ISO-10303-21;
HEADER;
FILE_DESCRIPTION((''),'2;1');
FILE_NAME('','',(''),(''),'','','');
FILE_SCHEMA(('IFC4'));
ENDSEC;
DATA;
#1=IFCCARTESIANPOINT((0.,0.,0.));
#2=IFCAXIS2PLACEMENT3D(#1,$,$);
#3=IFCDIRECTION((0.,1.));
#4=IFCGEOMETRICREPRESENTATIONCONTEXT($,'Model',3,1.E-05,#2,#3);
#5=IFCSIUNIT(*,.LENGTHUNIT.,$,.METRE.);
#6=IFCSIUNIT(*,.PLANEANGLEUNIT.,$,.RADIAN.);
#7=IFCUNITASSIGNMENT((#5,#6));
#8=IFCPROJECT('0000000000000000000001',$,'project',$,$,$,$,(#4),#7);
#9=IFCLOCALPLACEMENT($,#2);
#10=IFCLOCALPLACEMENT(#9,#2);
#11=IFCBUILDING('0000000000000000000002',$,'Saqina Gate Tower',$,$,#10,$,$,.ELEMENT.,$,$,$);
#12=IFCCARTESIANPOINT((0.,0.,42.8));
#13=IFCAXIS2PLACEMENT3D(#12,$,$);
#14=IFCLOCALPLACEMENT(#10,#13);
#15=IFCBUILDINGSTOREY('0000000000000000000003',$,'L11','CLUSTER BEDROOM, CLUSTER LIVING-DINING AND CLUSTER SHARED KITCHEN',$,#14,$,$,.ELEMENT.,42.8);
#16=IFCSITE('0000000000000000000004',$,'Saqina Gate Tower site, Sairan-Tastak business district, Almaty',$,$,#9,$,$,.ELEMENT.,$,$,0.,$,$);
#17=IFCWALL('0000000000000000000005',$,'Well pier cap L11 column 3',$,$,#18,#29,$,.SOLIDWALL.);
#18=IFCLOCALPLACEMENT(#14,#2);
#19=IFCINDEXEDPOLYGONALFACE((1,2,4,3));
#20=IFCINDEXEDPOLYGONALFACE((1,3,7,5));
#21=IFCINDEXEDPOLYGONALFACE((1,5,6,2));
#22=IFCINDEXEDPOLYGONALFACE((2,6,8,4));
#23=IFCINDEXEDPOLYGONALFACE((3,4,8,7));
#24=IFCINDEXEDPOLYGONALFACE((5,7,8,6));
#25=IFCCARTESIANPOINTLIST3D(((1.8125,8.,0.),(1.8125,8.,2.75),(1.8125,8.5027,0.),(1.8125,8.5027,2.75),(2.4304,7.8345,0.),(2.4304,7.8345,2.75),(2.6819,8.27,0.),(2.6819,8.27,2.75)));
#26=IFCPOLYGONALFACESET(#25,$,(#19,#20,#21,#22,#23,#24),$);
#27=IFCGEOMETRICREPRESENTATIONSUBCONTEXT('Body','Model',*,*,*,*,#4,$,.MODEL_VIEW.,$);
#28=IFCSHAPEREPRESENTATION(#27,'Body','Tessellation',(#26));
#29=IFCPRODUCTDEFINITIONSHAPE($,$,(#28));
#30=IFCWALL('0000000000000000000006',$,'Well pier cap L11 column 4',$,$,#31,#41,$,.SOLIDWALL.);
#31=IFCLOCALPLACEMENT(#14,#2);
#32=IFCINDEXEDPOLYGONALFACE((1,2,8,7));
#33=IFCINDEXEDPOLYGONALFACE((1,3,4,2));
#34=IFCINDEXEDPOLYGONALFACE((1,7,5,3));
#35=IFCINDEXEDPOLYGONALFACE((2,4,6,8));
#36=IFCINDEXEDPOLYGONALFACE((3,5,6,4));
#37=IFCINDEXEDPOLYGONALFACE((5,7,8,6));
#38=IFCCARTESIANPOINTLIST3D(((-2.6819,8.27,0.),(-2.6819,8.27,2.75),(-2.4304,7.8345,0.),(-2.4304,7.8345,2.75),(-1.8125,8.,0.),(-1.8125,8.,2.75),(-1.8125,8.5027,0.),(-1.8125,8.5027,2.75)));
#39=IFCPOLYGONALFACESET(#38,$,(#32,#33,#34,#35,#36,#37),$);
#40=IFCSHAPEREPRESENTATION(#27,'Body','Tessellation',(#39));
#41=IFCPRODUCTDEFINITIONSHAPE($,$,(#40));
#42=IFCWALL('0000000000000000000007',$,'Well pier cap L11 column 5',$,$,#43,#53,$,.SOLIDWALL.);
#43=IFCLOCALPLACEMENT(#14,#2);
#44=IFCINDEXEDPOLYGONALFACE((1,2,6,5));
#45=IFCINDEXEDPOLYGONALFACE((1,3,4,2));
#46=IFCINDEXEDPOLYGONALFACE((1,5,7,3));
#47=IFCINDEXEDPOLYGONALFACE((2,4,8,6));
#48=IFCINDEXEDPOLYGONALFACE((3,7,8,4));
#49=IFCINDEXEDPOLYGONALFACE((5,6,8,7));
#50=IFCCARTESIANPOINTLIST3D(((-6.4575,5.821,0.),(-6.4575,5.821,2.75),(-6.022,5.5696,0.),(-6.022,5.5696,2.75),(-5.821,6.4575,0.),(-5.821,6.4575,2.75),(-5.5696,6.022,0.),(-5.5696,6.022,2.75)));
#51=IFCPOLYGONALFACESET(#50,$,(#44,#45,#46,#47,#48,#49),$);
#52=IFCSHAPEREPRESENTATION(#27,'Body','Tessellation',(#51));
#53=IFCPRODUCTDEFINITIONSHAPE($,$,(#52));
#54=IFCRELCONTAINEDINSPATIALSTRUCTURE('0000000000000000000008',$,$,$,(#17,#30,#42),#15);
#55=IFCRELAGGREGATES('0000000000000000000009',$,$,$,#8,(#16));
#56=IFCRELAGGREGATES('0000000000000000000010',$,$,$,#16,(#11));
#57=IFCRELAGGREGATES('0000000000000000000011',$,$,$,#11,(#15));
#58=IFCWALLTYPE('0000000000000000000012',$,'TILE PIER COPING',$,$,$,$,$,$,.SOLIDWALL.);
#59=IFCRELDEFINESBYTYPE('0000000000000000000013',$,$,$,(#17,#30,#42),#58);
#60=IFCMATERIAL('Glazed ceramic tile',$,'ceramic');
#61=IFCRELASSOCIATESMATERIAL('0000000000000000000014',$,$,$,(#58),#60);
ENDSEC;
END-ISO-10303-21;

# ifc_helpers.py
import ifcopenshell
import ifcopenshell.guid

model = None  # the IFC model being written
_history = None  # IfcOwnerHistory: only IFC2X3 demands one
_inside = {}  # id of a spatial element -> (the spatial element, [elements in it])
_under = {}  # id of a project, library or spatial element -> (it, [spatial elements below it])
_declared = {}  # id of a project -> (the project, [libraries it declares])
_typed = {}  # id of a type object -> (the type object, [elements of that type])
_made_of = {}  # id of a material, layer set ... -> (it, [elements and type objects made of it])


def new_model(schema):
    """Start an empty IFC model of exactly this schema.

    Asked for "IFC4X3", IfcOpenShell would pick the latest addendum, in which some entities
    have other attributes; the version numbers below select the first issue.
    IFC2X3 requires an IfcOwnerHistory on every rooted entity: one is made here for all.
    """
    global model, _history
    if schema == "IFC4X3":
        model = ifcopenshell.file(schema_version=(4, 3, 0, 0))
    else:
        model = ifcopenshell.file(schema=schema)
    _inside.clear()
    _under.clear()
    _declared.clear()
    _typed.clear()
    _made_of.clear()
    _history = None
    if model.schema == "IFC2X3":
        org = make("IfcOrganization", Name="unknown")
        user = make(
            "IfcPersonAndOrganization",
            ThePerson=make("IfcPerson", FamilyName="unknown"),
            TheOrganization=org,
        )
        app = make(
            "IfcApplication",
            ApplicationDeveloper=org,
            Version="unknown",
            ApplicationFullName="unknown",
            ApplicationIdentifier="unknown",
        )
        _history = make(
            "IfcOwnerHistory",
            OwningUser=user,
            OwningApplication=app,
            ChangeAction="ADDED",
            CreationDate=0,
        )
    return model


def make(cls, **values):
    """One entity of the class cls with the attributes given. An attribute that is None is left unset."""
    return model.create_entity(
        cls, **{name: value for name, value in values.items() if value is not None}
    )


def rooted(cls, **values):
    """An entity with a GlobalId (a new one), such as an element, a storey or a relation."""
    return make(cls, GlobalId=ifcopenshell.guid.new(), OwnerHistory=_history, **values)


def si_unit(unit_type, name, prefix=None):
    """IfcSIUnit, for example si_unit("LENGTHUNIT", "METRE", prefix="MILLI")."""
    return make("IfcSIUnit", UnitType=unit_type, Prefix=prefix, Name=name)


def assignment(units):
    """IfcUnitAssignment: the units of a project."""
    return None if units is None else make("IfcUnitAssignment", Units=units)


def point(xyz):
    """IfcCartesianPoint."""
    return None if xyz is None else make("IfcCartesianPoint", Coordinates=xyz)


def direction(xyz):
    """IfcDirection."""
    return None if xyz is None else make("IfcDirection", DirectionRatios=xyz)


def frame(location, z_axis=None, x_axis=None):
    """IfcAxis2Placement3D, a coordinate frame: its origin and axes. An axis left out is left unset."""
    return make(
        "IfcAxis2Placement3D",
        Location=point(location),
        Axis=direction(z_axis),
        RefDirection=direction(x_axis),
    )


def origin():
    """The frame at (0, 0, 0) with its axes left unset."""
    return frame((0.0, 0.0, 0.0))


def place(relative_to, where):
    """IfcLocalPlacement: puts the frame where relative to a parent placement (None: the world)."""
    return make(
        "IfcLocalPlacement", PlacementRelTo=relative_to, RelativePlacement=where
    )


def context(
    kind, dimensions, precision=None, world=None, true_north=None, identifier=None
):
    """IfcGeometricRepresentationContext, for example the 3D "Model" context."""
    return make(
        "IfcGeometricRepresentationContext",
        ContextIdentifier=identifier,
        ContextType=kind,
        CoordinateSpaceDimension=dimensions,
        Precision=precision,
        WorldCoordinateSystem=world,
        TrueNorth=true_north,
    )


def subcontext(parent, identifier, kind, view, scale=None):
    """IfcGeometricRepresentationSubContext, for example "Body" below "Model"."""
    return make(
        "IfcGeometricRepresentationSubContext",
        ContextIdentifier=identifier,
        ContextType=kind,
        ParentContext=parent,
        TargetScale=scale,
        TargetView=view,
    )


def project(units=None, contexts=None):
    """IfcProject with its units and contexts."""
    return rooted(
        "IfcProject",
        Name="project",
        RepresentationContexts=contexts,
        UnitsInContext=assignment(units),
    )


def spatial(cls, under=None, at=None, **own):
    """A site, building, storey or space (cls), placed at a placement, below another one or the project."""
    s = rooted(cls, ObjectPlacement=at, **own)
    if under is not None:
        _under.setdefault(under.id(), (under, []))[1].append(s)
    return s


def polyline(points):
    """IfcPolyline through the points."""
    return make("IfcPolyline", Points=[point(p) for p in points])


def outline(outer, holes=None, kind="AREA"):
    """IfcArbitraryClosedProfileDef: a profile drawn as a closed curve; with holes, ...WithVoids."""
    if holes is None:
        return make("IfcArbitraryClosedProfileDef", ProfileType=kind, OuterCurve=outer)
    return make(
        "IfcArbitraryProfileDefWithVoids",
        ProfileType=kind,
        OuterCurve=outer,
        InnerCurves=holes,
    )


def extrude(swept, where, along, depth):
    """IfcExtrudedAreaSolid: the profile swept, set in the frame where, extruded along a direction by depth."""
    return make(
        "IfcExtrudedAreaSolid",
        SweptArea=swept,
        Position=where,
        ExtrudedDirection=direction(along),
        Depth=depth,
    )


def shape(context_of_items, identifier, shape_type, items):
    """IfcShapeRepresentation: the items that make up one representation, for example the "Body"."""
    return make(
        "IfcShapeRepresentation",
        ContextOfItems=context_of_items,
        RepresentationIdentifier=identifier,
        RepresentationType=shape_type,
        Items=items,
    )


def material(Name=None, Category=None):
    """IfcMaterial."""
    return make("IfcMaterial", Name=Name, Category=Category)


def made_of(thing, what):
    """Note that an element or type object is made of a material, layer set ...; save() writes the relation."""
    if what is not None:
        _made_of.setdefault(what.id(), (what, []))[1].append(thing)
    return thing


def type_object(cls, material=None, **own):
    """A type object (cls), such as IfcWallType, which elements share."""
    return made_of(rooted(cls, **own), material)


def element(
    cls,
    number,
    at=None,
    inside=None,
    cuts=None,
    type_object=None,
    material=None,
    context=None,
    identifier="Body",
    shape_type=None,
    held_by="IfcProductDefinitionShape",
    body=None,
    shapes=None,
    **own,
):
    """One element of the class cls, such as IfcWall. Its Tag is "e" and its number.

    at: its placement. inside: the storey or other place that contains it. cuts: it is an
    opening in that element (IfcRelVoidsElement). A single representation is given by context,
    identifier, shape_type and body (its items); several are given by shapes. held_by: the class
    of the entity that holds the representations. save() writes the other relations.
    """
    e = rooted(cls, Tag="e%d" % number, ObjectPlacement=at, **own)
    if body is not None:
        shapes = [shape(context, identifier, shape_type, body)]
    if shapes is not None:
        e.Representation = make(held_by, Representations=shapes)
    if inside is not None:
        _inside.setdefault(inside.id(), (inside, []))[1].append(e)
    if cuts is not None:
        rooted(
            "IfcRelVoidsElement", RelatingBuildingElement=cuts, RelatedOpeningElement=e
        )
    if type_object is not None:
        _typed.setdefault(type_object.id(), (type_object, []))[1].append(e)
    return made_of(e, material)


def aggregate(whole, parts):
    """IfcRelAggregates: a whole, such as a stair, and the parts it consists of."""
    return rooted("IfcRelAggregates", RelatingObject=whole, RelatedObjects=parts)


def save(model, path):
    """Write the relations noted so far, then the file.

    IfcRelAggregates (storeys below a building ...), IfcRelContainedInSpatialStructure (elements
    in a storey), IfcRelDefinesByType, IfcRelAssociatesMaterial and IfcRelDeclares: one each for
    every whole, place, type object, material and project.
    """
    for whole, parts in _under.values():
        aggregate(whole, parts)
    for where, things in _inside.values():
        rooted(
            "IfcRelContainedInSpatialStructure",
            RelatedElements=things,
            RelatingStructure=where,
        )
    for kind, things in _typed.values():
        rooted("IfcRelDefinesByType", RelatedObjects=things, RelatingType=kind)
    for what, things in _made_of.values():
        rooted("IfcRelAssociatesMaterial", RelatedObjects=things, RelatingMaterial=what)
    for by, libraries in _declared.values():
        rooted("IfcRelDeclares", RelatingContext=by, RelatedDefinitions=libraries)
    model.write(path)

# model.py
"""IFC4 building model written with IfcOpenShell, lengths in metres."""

from ifc_helpers import new_model, si_unit, direction, frame, origin, place, context, subcontext, project, spatial, polyline, outline, extrude, material, type_object, element, save


model = new_model("IFC4")

# Units and contexts
model_context = context("Model", 3, precision=1e-05, world=origin(), true_north=direction((0.0, 1.0)))
body_context = subcontext(model_context, "Body", "Model", "MODEL_VIEW")
ifc_project = project(units=[si_unit("LENGTHUNIT", "METRE"), si_unit("PLANEANGLEUNIT", "RADIAN")], contexts=[model_context])

# Site, building, storey
site_placement = place(None, origin())
site = spatial("IfcSite", under=ifc_project, at=site_placement, Name="Saqina Gate Tower site, Sairan-Tastak business district, Almaty", CompositionType="ELEMENT", RefElevation=0.0)
building_placement = place(site_placement, origin())
building = spatial("IfcBuilding", under=site, at=building_placement, Name="Saqina Gate Tower", CompositionType="ELEMENT")
storey_placement = place(building_placement, frame((0.0, 0.0, 42.8)))
storey = spatial("IfcBuildingStorey", under=building, at=storey_placement, Name="L11", Description="CLUSTER BEDROOM, CLUSTER LIVING-DINING AND CLUSTER SHARED KITCHEN", CompositionType="ELEMENT", Elevation=42.8)

# Walls
ifc_material_1 = material(Name="Glazed ceramic tile", Category="ceramic")
wall_type_1 = type_object("IfcWallType", Name="TILE PIER COPING", PredefinedType="SOLIDWALL", material=ifc_material_1)
wall_1_placement = place(storey_placement, origin())
element("IfcWall", 1, at=wall_1_placement, inside=storey, type_object=wall_type_1, Name="Well pier cap L11 column 3", PredefinedType="SOLIDWALL", context=body_context, shape_type="SweptSolid", body=[
    extrude(outline(polyline([(1.8125, 8.5027), (1.8125, 8.0), (2.4304, 7.8345), (2.6819, 8.27), (1.8125, 8.5027)])), origin(), (0.0, 0.0, 1.0), 2.75),
])
wall_2_placement = place(storey_placement, origin())
element("IfcWall", 2, at=wall_2_placement, inside=storey, type_object=wall_type_1, Name="Well pier cap L11 column 4", PredefinedType="SOLIDWALL", context=body_context, shape_type="SweptSolid", body=[
    extrude(outline(polyline([(-2.6819, 8.27), (-2.4304, 7.8345), (-1.8125, 8.0), (-1.8125, 8.5027), (-2.6819, 8.27)])), origin(), (0.0, 0.0, 1.0), 2.75),
])
wall_3_placement = place(storey_placement, origin())
element("IfcWall", 3, at=wall_3_placement, inside=storey, type_object=wall_type_1, Name="Well pier cap L11 column 5", PredefinedType="SOLIDWALL", context=body_context, shape_type="SweptSolid", body=[
    extrude(outline(polyline([(-6.4575, 5.821), (-6.022, 5.5696), (-5.5696, 6.022), (-5.821, 6.4575), (-6.4575, 5.821)])), origin(), (0.0, 0.0, 1.0), 2.75),
])

save(model, "model.ifc")
